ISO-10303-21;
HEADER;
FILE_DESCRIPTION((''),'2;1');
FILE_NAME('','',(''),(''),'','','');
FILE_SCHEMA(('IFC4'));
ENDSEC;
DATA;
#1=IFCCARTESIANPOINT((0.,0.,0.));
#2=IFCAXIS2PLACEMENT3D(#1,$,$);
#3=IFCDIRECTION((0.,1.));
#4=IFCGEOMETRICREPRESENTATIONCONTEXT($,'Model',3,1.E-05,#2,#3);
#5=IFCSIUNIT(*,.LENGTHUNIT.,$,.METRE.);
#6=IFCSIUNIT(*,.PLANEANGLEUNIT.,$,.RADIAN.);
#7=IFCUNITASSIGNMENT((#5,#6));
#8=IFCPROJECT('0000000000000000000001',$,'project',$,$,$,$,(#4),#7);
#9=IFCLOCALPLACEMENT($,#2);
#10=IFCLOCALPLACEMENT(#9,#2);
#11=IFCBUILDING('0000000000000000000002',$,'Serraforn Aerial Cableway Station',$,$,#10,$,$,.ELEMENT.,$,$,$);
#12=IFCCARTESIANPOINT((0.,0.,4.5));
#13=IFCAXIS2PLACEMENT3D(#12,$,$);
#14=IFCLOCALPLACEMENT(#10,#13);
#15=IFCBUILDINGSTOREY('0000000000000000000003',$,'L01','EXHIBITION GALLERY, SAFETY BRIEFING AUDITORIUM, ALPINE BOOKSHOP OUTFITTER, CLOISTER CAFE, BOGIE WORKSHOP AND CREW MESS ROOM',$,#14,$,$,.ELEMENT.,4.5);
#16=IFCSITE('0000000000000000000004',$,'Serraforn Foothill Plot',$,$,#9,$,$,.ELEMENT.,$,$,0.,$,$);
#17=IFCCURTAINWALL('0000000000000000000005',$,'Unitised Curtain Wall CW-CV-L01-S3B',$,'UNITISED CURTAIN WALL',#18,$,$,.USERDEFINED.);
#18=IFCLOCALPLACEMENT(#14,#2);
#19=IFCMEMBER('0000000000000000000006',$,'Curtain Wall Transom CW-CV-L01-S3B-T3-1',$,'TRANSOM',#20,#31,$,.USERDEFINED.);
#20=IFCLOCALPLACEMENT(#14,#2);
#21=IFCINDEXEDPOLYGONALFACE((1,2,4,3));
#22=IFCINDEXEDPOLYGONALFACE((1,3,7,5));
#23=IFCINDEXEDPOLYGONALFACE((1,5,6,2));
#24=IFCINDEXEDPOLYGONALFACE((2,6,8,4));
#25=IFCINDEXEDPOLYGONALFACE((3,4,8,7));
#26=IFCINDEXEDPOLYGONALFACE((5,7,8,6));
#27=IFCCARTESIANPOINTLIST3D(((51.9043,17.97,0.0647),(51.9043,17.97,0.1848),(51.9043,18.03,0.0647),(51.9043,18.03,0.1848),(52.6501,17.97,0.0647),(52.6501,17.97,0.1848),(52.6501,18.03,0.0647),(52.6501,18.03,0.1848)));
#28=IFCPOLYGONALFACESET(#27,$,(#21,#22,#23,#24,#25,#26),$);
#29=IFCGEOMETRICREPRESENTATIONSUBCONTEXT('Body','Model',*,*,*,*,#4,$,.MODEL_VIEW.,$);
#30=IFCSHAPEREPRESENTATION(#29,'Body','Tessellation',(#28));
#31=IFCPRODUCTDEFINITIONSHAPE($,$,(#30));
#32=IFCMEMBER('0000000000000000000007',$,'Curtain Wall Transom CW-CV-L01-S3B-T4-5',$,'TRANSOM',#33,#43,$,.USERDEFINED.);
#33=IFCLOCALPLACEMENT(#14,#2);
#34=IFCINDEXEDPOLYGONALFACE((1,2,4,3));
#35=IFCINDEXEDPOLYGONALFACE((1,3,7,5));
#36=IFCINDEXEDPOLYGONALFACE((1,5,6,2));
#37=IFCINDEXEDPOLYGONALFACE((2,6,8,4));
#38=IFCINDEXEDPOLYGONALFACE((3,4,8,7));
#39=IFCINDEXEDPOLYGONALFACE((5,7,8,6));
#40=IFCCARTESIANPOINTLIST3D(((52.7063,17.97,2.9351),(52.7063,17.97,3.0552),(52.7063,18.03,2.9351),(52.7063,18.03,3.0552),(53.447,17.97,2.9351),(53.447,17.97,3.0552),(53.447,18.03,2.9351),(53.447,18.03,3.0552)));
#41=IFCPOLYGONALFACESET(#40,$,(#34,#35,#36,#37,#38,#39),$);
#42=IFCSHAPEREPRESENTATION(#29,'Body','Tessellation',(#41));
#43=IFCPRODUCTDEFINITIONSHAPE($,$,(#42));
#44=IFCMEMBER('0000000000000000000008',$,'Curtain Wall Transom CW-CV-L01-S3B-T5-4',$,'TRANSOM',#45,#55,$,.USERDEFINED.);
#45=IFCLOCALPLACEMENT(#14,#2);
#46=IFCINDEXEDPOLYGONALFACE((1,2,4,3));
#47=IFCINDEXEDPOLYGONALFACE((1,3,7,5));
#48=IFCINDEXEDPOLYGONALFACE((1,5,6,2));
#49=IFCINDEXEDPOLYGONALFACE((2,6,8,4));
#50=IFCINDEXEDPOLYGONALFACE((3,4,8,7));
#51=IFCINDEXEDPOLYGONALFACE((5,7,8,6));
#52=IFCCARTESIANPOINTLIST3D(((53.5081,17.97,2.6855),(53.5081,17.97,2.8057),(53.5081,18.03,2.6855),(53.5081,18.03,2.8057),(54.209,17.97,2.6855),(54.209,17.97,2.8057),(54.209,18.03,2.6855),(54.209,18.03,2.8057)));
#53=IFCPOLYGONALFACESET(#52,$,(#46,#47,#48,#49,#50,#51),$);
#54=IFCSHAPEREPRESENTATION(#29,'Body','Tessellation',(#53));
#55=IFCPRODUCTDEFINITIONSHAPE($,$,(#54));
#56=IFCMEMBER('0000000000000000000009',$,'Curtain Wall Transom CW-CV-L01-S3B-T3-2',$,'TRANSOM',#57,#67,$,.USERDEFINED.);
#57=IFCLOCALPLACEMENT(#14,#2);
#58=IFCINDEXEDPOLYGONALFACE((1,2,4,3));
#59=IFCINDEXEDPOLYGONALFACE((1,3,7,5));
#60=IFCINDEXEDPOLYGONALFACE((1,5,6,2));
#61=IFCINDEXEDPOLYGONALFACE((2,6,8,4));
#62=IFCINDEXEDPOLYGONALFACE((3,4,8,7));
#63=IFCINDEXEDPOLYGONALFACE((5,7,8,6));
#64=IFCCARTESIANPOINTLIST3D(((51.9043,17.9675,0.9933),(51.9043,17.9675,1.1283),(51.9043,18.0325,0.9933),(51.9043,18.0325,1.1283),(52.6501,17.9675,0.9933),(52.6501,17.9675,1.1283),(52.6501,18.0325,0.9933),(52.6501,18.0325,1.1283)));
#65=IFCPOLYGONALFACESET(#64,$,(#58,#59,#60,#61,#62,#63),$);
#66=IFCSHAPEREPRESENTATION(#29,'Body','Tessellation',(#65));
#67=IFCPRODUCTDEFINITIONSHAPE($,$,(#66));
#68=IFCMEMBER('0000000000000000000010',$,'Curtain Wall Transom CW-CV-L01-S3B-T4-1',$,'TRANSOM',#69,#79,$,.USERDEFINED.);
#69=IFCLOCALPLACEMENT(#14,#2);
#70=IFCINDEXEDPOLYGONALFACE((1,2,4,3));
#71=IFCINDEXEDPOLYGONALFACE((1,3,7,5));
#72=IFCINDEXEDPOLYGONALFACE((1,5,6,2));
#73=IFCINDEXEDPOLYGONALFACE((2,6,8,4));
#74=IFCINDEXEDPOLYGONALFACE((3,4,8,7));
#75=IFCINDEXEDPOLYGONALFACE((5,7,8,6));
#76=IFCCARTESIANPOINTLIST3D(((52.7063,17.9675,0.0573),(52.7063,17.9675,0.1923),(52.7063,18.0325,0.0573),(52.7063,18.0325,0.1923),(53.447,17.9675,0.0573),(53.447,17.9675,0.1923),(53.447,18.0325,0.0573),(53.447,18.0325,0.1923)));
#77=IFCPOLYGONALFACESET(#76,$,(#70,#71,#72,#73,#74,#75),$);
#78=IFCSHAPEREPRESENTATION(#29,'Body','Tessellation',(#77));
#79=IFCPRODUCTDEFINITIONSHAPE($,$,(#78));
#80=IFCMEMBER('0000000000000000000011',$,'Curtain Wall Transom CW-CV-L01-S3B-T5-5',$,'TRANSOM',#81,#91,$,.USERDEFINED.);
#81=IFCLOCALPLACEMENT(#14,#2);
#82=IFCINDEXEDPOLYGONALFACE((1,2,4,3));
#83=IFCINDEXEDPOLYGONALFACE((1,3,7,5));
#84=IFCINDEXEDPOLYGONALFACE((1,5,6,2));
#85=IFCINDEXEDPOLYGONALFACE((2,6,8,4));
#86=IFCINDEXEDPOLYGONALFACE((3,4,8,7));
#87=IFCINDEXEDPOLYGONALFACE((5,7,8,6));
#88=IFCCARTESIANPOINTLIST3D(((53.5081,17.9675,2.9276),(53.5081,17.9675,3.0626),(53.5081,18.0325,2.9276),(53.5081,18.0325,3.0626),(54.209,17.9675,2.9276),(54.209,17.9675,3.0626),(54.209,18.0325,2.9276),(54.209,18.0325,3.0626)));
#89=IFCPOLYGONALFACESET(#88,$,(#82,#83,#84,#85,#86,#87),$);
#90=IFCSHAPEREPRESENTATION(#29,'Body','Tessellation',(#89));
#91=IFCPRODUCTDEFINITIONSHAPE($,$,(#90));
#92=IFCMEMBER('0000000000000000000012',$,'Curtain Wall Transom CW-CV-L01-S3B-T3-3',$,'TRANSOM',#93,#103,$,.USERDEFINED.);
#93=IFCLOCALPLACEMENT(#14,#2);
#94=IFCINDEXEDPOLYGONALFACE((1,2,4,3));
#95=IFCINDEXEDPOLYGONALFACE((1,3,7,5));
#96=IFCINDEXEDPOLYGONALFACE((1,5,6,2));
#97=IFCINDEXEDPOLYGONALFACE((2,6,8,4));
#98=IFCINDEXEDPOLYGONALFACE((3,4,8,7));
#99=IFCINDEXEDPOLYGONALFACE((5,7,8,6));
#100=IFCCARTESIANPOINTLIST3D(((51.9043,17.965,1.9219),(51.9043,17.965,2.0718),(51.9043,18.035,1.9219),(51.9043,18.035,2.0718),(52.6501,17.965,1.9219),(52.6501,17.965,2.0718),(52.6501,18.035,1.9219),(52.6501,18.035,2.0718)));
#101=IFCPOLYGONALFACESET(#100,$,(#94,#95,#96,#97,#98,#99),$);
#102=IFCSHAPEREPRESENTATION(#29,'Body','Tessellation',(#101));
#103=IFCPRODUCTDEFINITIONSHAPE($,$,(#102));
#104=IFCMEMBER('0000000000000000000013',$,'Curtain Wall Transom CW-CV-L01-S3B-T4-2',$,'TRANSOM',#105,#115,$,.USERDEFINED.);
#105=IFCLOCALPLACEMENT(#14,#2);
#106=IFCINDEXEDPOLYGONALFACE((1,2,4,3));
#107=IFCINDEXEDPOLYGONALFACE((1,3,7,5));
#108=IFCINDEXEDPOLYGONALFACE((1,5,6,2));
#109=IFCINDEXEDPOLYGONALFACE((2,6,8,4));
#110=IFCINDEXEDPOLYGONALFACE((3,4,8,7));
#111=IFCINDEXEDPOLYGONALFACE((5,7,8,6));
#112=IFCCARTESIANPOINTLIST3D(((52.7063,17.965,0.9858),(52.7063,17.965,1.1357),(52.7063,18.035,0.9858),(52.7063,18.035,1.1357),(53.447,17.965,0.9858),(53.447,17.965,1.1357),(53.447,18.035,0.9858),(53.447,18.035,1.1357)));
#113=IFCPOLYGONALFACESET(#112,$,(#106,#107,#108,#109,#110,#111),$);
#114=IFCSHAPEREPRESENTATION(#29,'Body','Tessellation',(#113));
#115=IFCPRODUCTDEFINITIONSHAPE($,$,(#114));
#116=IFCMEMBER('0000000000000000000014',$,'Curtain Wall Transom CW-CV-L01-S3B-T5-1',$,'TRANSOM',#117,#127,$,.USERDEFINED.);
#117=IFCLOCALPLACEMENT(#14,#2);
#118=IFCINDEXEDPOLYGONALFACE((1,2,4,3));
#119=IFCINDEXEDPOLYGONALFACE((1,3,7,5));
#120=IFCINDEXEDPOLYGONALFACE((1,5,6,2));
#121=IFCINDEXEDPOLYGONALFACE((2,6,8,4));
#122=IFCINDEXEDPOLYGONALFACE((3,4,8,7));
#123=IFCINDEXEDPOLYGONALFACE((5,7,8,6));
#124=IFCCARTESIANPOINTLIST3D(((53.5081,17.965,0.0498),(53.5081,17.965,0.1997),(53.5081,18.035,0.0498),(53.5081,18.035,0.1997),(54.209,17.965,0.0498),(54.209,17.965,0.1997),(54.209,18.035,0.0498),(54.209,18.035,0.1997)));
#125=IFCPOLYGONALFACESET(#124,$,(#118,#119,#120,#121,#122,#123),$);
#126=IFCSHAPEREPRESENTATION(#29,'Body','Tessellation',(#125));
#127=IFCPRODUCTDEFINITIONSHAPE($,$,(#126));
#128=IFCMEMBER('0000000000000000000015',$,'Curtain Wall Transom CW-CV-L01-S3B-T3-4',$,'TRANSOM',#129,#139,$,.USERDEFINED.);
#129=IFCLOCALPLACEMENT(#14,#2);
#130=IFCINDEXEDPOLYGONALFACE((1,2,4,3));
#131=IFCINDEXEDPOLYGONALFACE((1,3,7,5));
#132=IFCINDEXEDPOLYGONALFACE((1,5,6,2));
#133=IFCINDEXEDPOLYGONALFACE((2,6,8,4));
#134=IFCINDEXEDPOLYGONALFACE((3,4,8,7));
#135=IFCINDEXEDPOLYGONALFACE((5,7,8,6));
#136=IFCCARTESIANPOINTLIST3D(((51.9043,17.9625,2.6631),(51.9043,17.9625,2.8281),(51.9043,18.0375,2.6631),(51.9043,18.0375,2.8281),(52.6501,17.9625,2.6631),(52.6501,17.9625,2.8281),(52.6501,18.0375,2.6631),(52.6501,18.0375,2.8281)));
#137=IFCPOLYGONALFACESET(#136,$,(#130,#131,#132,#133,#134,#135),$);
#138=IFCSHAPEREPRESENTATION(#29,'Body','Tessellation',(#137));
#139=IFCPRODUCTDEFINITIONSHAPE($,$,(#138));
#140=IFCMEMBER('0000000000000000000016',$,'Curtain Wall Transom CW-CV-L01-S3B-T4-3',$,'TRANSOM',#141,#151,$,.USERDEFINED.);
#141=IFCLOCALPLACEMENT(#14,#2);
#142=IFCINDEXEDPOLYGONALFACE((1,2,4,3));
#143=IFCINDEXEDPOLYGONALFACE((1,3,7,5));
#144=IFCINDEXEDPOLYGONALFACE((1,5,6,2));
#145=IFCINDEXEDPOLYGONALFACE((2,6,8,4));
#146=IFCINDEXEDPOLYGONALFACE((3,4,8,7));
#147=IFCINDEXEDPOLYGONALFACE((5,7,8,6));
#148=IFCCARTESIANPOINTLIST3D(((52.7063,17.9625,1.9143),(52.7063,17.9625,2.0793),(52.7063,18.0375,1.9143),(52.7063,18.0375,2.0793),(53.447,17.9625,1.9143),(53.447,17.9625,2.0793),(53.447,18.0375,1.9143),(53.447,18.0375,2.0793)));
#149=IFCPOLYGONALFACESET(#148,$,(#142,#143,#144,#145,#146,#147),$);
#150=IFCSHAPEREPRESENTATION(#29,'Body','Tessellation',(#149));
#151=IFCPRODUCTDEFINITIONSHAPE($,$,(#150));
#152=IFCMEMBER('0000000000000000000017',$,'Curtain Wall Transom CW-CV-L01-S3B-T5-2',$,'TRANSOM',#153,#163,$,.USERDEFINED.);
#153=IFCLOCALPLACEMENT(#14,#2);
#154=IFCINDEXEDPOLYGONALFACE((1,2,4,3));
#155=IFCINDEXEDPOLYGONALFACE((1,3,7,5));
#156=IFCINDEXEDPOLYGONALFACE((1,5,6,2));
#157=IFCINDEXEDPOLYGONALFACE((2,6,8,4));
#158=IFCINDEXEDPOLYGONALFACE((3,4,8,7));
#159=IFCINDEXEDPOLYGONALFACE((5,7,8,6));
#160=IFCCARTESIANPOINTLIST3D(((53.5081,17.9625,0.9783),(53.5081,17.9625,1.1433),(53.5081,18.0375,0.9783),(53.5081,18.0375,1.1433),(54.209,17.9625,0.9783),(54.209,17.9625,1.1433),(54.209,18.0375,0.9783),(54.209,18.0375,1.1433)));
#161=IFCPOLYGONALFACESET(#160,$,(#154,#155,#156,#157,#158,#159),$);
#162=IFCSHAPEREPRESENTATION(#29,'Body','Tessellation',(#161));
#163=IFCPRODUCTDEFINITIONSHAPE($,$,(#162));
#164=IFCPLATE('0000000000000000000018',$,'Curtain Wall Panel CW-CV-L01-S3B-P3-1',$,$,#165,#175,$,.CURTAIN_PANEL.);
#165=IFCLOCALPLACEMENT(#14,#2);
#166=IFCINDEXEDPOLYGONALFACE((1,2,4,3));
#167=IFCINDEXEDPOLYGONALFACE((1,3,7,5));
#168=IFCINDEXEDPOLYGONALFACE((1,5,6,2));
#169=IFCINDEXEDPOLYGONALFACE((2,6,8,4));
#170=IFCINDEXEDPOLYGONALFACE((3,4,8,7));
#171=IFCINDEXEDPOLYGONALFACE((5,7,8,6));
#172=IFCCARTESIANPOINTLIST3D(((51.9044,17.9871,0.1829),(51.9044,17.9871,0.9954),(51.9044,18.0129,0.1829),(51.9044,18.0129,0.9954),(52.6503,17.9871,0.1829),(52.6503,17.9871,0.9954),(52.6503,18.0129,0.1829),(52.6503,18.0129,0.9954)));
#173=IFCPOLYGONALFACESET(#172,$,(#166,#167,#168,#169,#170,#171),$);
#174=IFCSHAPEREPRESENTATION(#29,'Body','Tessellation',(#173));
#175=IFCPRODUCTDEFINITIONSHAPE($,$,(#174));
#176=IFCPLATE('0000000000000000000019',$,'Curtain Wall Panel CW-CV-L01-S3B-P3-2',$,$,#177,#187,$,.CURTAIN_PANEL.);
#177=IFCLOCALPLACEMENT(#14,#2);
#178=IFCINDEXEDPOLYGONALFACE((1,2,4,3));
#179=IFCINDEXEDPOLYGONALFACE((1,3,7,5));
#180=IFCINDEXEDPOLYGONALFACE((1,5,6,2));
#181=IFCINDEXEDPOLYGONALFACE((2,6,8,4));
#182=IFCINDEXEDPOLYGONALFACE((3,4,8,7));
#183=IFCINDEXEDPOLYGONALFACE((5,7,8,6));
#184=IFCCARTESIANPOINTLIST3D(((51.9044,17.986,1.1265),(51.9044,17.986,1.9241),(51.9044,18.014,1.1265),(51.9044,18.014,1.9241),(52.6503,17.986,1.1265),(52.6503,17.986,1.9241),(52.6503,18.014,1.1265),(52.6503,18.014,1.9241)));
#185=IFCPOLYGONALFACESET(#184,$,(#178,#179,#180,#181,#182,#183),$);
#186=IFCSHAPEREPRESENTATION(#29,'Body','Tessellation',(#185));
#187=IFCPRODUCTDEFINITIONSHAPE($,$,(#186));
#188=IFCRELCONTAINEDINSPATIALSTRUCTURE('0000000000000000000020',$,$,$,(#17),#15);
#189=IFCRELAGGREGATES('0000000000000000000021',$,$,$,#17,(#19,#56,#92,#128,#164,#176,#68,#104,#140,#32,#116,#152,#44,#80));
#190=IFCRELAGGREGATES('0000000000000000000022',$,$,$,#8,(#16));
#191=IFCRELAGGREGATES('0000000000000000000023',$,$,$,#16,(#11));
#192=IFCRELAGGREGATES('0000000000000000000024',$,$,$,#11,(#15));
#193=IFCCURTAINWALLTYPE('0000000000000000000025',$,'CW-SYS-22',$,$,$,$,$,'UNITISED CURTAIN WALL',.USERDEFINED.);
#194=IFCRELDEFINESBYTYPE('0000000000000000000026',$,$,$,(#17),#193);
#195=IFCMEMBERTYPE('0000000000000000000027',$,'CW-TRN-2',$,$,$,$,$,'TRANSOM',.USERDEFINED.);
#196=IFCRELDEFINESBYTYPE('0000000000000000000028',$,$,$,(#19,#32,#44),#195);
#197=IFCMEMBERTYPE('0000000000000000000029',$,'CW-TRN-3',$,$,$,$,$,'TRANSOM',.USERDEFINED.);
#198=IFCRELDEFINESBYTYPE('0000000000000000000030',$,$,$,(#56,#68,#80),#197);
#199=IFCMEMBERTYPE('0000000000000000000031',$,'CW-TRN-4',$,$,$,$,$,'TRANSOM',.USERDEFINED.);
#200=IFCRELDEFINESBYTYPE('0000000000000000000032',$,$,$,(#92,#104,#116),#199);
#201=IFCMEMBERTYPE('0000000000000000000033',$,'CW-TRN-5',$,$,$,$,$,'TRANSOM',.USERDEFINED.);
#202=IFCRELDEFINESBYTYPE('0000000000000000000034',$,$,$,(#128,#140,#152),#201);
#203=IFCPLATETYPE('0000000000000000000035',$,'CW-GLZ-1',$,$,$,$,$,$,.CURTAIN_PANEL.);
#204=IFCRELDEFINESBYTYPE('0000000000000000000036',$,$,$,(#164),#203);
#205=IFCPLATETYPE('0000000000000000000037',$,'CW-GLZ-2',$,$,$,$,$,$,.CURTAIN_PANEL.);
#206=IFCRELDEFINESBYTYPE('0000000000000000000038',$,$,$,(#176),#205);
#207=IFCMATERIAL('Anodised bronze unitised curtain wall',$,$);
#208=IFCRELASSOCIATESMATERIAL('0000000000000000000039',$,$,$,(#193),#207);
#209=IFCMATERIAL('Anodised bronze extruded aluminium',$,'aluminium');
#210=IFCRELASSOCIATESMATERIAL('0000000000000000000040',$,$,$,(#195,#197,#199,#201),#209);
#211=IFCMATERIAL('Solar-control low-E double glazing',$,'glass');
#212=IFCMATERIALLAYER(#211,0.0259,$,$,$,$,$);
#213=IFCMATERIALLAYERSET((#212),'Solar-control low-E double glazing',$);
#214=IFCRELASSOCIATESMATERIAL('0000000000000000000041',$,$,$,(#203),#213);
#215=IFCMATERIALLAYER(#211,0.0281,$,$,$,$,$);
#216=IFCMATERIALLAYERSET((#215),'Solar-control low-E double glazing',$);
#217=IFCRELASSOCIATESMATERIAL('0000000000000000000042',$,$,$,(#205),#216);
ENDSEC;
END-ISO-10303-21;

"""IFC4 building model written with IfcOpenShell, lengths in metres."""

from ifc_helpers import new_model, si_unit, direction, frame, origin, origin_2d, place, context, subcontext, project, spatial, rectangle, extrude, material, layer, layer_set, material_profile, profile_set, type_object, element, aggregate, save


model = new_model("IFC4")

# Units and contexts
model_context = context("Model", 3, precision=1e-05, world=origin(), true_north=direction((0.0, 1.0)))
body_context = subcontext(model_context, "Body", "Model", "MODEL_VIEW")
ifc_project = project(units=[si_unit("LENGTHUNIT", "METRE"), si_unit("PLANEANGLEUNIT", "RADIAN")], contexts=[model_context])

# Site, building, storey
site_placement = place(None, origin())
site = spatial("IfcSite", under=ifc_project, at=site_placement, Name="Serraforn Foothill Plot", CompositionType="ELEMENT", RefElevation=0.0)
building_placement = place(site_placement, origin())
building = spatial("IfcBuilding", under=site, at=building_placement, Name="Serraforn Aerial Cableway Station", CompositionType="ELEMENT")
storey_placement = place(building_placement, frame((0.0, 0.0, 4.5)))
storey = spatial("IfcBuildingStorey", under=building, at=storey_placement, Name="L01", Description="EXHIBITION GALLERY, SAFETY BRIEFING AUDITORIUM, ALPINE BOOKSHOP OUTFITTER, CLOISTER CAFE, BOGIE WORKSHOP AND CREW MESS ROOM", CompositionType="ELEMENT", Elevation=4.5)

# Curtain wall, members, plates
ifc_material_1 = material(Name="Anodised bronze unitised curtain wall")
curtain_wall_type = type_object("IfcCurtainWallType", Name="CW-SYS-22", ElementType="UNITISED CURTAIN WALL", PredefinedType="USERDEFINED", material=ifc_material_1)
curtain_wall_placement = place(storey_placement, origin())
curtain_wall = element("IfcCurtainWall", 1, at=curtain_wall_placement, inside=storey, type_object=curtain_wall_type, Name="Unitised Curtain Wall CW-CV-L01-S3B", ObjectType="UNITISED CURTAIN WALL", PredefinedType="USERDEFINED")
ifc_material_2 = material(Name="Anodised bronze extruded aluminium", Category="aluminium")
ifc_material_profile_1 = material_profile(ifc_material_2, rectangle(XDim=0.0601, YDim=0.1201, at=origin_2d()), Name="CW TRANSOM 60x120")
ifc_profile_set_1 = profile_set([ifc_material_profile_1], Name="Anodised bronze extruded aluminium")
member_type_1 = type_object("IfcMemberType", Name="CW-TRN-2", ElementType="TRANSOM", PredefinedType="USERDEFINED", material=ifc_profile_set_1)
member_1_placement = place(storey_placement, frame((51.9043, 18.0, 0.1248), z_axis=(1.0, 0.0, 0.0), x_axis=(0.0, 1.0, 0.0)))
member_1 = element("IfcMember", 2, at=member_1_placement, type_object=member_type_1, Name="Curtain Wall Transom CW-CV-L01-S3B-T3-1", ObjectType="TRANSOM", PredefinedType="USERDEFINED", context=body_context, shape_type="SweptSolid", body=[
    extrude(rectangle(XDim=0.0601, YDim=0.1201, at=origin_2d()), origin(), (0.0, 0.0, 1.0), 0.7458),
])
member_2_placement = place(storey_placement, frame((52.7063, 18.0, 2.9951), z_axis=(1.0, 0.0, 0.0), x_axis=(0.0, 1.0, 0.0)))
member_2 = element("IfcMember", 3, at=member_2_placement, type_object=member_type_1, Name="Curtain Wall Transom CW-CV-L01-S3B-T4-5", ObjectType="TRANSOM", PredefinedType="USERDEFINED", context=body_context, shape_type="SweptSolid", body=[
    extrude(rectangle(XDim=0.0601, YDim=0.1201, at=origin_2d()), origin(), (0.0, 0.0, 1.0), 0.7407),
])
member_3_placement = place(storey_placement, frame((53.5081, 18.0, 2.7456), z_axis=(1.0, 0.0, 0.0), x_axis=(0.0, 1.0, 0.0)))
member_3 = element("IfcMember", 4, at=member_3_placement, type_object=member_type_1, Name="Curtain Wall Transom CW-CV-L01-S3B-T5-4", ObjectType="TRANSOM", PredefinedType="USERDEFINED", context=body_context, shape_type="SweptSolid", body=[
    extrude(rectangle(XDim=0.0601, YDim=0.1201, at=origin_2d()), origin(), (0.0, 0.0, 1.0), 0.7009),
])
ifc_material_profile_2 = material_profile(ifc_material_2, rectangle(XDim=0.0649, YDim=0.135, at=origin_2d()), Name="CW TRANSOM 65x135")
ifc_profile_set_2 = profile_set([ifc_material_profile_2], Name="Anodised bronze extruded aluminium")
member_type_2 = type_object("IfcMemberType", Name="CW-TRN-3", ElementType="TRANSOM", PredefinedType="USERDEFINED", material=ifc_profile_set_2)
member_4_placement = place(storey_placement, frame((51.9043, 18.0, 1.0608), z_axis=(1.0, 0.0, 0.0), x_axis=(0.0, 1.0, 0.0)))
member_4 = element("IfcMember", 5, at=member_4_placement, type_object=member_type_2, Name="Curtain Wall Transom CW-CV-L01-S3B-T3-2", ObjectType="TRANSOM", PredefinedType="USERDEFINED", context=body_context, shape_type="SweptSolid", body=[
    extrude(rectangle(XDim=0.0649, YDim=0.135, at=origin_2d()), origin(), (0.0, 0.0, 1.0), 0.7458),
])
member_5_placement = place(storey_placement, frame((52.7063, 18.0, 0.1248), z_axis=(1.0, 0.0, 0.0), x_axis=(0.0, 1.0, 0.0)))
member_5 = element("IfcMember", 6, at=member_5_placement, type_object=member_type_2, Name="Curtain Wall Transom CW-CV-L01-S3B-T4-1", ObjectType="TRANSOM", PredefinedType="USERDEFINED", context=body_context, shape_type="SweptSolid", body=[
    extrude(rectangle(XDim=0.0649, YDim=0.135, at=origin_2d()), origin(), (0.0, 0.0, 1.0), 0.7407),
])
member_6_placement = place(storey_placement, frame((53.5081, 18.0, 2.9951), z_axis=(1.0, 0.0, 0.0), x_axis=(0.0, 1.0, 0.0)))
member_6 = element("IfcMember", 7, at=member_6_placement, type_object=member_type_2, Name="Curtain Wall Transom CW-CV-L01-S3B-T5-5", ObjectType="TRANSOM", PredefinedType="USERDEFINED", context=body_context, shape_type="SweptSolid", body=[
    extrude(rectangle(XDim=0.0649, YDim=0.135, at=origin_2d()), origin(), (0.0, 0.0, 1.0), 0.7009),
])
ifc_material_profile_3 = material_profile(ifc_material_2, rectangle(XDim=0.0701, YDim=0.1499, at=origin_2d()), Name="CW TRANSOM 70x150")
ifc_profile_set_3 = profile_set([ifc_material_profile_3], Name="Anodised bronze extruded aluminium")
member_type_3 = type_object("IfcMemberType", Name="CW-TRN-4", ElementType="TRANSOM", PredefinedType="USERDEFINED", material=ifc_profile_set_3)
member_7_placement = place(storey_placement, frame((51.9043, 18.0, 1.9968), z_axis=(1.0, 0.0, 0.0), x_axis=(0.0, 1.0, 0.0)))
member_7 = element("IfcMember", 8, at=member_7_placement, type_object=member_type_3, Name="Curtain Wall Transom CW-CV-L01-S3B-T3-3", ObjectType="TRANSOM", PredefinedType="USERDEFINED", context=body_context, shape_type="SweptSolid", body=[
    extrude(rectangle(XDim=0.0701, YDim=0.1499, at=origin_2d()), origin(), (0.0, 0.0, 1.0), 0.7458),
])
member_8_placement = place(storey_placement, frame((52.7063, 18.0, 1.0608), z_axis=(1.0, 0.0, 0.0), x_axis=(0.0, 1.0, 0.0)))
member_8 = element("IfcMember", 9, at=member_8_placement, type_object=member_type_3, Name="Curtain Wall Transom CW-CV-L01-S3B-T4-2", ObjectType="TRANSOM", PredefinedType="USERDEFINED", context=body_context, shape_type="SweptSolid", body=[
    extrude(rectangle(XDim=0.0701, YDim=0.1499, at=origin_2d()), origin(), (0.0, 0.0, 1.0), 0.7407),
])
member_9_placement = place(storey_placement, frame((53.5081, 18.0, 0.1248), z_axis=(1.0, 0.0, 0.0), x_axis=(0.0, 1.0, 0.0)))
member_9 = element("IfcMember", 10, at=member_9_placement, type_object=member_type_3, Name="Curtain Wall Transom CW-CV-L01-S3B-T5-1", ObjectType="TRANSOM", PredefinedType="USERDEFINED", context=body_context, shape_type="SweptSolid", body=[
    extrude(rectangle(XDim=0.0701, YDim=0.1499, at=origin_2d()), origin(), (0.0, 0.0, 1.0), 0.7009),
])
ifc_material_profile_4 = material_profile(ifc_material_2, rectangle(XDim=0.075, YDim=0.165, at=origin_2d()), Name="CW TRANSOM 75x165")
ifc_profile_set_4 = profile_set([ifc_material_profile_4], Name="Anodised bronze extruded aluminium")
member_type_4 = type_object("IfcMemberType", Name="CW-TRN-5", ElementType="TRANSOM", PredefinedType="USERDEFINED", material=ifc_profile_set_4)
member_10_placement = place(storey_placement, frame((51.9043, 18.0, 2.7456), z_axis=(1.0, 0.0, 0.0), x_axis=(0.0, 1.0, 0.0)))
member_10 = element("IfcMember", 11, at=member_10_placement, type_object=member_type_4, Name="Curtain Wall Transom CW-CV-L01-S3B-T3-4", ObjectType="TRANSOM", PredefinedType="USERDEFINED", context=body_context, shape_type="SweptSolid", body=[
    extrude(rectangle(XDim=0.075, YDim=0.165, at=origin_2d()), origin(), (0.0, 0.0, 1.0), 0.7458),
])
member_11_placement = place(storey_placement, frame((52.7063, 18.0, 1.9968), z_axis=(1.0, 0.0, 0.0), x_axis=(0.0, 1.0, 0.0)))
member_11 = element("IfcMember", 12, at=member_11_placement, type_object=member_type_4, Name="Curtain Wall Transom CW-CV-L01-S3B-T4-3", ObjectType="TRANSOM", PredefinedType="USERDEFINED", context=body_context, shape_type="SweptSolid", body=[
    extrude(rectangle(XDim=0.075, YDim=0.165, at=origin_2d()), origin(), (0.0, 0.0, 1.0), 0.7407),
])
member_12_placement = place(storey_placement, frame((53.5081, 18.0, 1.0608), z_axis=(1.0, 0.0, 0.0), x_axis=(0.0, 1.0, 0.0)))
member_12 = element("IfcMember", 13, at=member_12_placement, type_object=member_type_4, Name="Curtain Wall Transom CW-CV-L01-S3B-T5-2", ObjectType="TRANSOM", PredefinedType="USERDEFINED", context=body_context, shape_type="SweptSolid", body=[
    extrude(rectangle(XDim=0.075, YDim=0.165, at=origin_2d()), origin(), (0.0, 0.0, 1.0), 0.7009),
])
ifc_material_3 = material(Name="Solar-control low-E double glazing", Category="glass")
ifc_layer_1 = layer(ifc_material_3, 0.0259)
ifc_layer_set_1 = layer_set([ifc_layer_1], Name="Solar-control low-E double glazing")
plate_type_1 = type_object("IfcPlateType", Name="CW-GLZ-1", PredefinedType="CURTAIN_PANEL", material=ifc_layer_set_1)
plate_1_placement = place(storey_placement, frame((52.2773, 18.0, 0.1829), z_axis=(0.0, 0.0, 1.0), x_axis=(1.0, 0.0, 0.0)))
plate_1 = element("IfcPlate", 14, at=plate_1_placement, type_object=plate_type_1, Name="Curtain Wall Panel CW-CV-L01-S3B-P3-1", PredefinedType="CURTAIN_PANEL", context=body_context, shape_type="SweptSolid", body=[
    extrude(rectangle(XDim=0.7458, YDim=0.0259, at=origin_2d()), origin(), (0.0, 0.0, 1.0), 0.8125),
])
ifc_layer_2 = layer(ifc_material_3, 0.0281)
ifc_layer_set_2 = layer_set([ifc_layer_2], Name="Solar-control low-E double glazing")
plate_type_2 = type_object("IfcPlateType", Name="CW-GLZ-2", PredefinedType="CURTAIN_PANEL", material=ifc_layer_set_2)
plate_2_placement = place(storey_placement, frame((52.2773, 18.0, 1.1265), z_axis=(0.0, 0.0, 1.0), x_axis=(1.0, 0.0, 0.0)))
plate_2 = element("IfcPlate", 15, at=plate_2_placement, type_object=plate_type_2, Name="Curtain Wall Panel CW-CV-L01-S3B-P3-2", PredefinedType="CURTAIN_PANEL", context=body_context, shape_type="SweptSolid", body=[
    extrude(rectangle(XDim=0.7458, YDim=0.0281, at=origin_2d()), origin(), (0.0, 0.0, 1.0), 0.7976),
])
aggregate(curtain_wall, [member_1, member_4, member_7, member_10, plate_1, plate_2, member_5, member_8, member_11, member_2, member_9, member_12, member_3, member_6])

save(model, "model.ifc")
